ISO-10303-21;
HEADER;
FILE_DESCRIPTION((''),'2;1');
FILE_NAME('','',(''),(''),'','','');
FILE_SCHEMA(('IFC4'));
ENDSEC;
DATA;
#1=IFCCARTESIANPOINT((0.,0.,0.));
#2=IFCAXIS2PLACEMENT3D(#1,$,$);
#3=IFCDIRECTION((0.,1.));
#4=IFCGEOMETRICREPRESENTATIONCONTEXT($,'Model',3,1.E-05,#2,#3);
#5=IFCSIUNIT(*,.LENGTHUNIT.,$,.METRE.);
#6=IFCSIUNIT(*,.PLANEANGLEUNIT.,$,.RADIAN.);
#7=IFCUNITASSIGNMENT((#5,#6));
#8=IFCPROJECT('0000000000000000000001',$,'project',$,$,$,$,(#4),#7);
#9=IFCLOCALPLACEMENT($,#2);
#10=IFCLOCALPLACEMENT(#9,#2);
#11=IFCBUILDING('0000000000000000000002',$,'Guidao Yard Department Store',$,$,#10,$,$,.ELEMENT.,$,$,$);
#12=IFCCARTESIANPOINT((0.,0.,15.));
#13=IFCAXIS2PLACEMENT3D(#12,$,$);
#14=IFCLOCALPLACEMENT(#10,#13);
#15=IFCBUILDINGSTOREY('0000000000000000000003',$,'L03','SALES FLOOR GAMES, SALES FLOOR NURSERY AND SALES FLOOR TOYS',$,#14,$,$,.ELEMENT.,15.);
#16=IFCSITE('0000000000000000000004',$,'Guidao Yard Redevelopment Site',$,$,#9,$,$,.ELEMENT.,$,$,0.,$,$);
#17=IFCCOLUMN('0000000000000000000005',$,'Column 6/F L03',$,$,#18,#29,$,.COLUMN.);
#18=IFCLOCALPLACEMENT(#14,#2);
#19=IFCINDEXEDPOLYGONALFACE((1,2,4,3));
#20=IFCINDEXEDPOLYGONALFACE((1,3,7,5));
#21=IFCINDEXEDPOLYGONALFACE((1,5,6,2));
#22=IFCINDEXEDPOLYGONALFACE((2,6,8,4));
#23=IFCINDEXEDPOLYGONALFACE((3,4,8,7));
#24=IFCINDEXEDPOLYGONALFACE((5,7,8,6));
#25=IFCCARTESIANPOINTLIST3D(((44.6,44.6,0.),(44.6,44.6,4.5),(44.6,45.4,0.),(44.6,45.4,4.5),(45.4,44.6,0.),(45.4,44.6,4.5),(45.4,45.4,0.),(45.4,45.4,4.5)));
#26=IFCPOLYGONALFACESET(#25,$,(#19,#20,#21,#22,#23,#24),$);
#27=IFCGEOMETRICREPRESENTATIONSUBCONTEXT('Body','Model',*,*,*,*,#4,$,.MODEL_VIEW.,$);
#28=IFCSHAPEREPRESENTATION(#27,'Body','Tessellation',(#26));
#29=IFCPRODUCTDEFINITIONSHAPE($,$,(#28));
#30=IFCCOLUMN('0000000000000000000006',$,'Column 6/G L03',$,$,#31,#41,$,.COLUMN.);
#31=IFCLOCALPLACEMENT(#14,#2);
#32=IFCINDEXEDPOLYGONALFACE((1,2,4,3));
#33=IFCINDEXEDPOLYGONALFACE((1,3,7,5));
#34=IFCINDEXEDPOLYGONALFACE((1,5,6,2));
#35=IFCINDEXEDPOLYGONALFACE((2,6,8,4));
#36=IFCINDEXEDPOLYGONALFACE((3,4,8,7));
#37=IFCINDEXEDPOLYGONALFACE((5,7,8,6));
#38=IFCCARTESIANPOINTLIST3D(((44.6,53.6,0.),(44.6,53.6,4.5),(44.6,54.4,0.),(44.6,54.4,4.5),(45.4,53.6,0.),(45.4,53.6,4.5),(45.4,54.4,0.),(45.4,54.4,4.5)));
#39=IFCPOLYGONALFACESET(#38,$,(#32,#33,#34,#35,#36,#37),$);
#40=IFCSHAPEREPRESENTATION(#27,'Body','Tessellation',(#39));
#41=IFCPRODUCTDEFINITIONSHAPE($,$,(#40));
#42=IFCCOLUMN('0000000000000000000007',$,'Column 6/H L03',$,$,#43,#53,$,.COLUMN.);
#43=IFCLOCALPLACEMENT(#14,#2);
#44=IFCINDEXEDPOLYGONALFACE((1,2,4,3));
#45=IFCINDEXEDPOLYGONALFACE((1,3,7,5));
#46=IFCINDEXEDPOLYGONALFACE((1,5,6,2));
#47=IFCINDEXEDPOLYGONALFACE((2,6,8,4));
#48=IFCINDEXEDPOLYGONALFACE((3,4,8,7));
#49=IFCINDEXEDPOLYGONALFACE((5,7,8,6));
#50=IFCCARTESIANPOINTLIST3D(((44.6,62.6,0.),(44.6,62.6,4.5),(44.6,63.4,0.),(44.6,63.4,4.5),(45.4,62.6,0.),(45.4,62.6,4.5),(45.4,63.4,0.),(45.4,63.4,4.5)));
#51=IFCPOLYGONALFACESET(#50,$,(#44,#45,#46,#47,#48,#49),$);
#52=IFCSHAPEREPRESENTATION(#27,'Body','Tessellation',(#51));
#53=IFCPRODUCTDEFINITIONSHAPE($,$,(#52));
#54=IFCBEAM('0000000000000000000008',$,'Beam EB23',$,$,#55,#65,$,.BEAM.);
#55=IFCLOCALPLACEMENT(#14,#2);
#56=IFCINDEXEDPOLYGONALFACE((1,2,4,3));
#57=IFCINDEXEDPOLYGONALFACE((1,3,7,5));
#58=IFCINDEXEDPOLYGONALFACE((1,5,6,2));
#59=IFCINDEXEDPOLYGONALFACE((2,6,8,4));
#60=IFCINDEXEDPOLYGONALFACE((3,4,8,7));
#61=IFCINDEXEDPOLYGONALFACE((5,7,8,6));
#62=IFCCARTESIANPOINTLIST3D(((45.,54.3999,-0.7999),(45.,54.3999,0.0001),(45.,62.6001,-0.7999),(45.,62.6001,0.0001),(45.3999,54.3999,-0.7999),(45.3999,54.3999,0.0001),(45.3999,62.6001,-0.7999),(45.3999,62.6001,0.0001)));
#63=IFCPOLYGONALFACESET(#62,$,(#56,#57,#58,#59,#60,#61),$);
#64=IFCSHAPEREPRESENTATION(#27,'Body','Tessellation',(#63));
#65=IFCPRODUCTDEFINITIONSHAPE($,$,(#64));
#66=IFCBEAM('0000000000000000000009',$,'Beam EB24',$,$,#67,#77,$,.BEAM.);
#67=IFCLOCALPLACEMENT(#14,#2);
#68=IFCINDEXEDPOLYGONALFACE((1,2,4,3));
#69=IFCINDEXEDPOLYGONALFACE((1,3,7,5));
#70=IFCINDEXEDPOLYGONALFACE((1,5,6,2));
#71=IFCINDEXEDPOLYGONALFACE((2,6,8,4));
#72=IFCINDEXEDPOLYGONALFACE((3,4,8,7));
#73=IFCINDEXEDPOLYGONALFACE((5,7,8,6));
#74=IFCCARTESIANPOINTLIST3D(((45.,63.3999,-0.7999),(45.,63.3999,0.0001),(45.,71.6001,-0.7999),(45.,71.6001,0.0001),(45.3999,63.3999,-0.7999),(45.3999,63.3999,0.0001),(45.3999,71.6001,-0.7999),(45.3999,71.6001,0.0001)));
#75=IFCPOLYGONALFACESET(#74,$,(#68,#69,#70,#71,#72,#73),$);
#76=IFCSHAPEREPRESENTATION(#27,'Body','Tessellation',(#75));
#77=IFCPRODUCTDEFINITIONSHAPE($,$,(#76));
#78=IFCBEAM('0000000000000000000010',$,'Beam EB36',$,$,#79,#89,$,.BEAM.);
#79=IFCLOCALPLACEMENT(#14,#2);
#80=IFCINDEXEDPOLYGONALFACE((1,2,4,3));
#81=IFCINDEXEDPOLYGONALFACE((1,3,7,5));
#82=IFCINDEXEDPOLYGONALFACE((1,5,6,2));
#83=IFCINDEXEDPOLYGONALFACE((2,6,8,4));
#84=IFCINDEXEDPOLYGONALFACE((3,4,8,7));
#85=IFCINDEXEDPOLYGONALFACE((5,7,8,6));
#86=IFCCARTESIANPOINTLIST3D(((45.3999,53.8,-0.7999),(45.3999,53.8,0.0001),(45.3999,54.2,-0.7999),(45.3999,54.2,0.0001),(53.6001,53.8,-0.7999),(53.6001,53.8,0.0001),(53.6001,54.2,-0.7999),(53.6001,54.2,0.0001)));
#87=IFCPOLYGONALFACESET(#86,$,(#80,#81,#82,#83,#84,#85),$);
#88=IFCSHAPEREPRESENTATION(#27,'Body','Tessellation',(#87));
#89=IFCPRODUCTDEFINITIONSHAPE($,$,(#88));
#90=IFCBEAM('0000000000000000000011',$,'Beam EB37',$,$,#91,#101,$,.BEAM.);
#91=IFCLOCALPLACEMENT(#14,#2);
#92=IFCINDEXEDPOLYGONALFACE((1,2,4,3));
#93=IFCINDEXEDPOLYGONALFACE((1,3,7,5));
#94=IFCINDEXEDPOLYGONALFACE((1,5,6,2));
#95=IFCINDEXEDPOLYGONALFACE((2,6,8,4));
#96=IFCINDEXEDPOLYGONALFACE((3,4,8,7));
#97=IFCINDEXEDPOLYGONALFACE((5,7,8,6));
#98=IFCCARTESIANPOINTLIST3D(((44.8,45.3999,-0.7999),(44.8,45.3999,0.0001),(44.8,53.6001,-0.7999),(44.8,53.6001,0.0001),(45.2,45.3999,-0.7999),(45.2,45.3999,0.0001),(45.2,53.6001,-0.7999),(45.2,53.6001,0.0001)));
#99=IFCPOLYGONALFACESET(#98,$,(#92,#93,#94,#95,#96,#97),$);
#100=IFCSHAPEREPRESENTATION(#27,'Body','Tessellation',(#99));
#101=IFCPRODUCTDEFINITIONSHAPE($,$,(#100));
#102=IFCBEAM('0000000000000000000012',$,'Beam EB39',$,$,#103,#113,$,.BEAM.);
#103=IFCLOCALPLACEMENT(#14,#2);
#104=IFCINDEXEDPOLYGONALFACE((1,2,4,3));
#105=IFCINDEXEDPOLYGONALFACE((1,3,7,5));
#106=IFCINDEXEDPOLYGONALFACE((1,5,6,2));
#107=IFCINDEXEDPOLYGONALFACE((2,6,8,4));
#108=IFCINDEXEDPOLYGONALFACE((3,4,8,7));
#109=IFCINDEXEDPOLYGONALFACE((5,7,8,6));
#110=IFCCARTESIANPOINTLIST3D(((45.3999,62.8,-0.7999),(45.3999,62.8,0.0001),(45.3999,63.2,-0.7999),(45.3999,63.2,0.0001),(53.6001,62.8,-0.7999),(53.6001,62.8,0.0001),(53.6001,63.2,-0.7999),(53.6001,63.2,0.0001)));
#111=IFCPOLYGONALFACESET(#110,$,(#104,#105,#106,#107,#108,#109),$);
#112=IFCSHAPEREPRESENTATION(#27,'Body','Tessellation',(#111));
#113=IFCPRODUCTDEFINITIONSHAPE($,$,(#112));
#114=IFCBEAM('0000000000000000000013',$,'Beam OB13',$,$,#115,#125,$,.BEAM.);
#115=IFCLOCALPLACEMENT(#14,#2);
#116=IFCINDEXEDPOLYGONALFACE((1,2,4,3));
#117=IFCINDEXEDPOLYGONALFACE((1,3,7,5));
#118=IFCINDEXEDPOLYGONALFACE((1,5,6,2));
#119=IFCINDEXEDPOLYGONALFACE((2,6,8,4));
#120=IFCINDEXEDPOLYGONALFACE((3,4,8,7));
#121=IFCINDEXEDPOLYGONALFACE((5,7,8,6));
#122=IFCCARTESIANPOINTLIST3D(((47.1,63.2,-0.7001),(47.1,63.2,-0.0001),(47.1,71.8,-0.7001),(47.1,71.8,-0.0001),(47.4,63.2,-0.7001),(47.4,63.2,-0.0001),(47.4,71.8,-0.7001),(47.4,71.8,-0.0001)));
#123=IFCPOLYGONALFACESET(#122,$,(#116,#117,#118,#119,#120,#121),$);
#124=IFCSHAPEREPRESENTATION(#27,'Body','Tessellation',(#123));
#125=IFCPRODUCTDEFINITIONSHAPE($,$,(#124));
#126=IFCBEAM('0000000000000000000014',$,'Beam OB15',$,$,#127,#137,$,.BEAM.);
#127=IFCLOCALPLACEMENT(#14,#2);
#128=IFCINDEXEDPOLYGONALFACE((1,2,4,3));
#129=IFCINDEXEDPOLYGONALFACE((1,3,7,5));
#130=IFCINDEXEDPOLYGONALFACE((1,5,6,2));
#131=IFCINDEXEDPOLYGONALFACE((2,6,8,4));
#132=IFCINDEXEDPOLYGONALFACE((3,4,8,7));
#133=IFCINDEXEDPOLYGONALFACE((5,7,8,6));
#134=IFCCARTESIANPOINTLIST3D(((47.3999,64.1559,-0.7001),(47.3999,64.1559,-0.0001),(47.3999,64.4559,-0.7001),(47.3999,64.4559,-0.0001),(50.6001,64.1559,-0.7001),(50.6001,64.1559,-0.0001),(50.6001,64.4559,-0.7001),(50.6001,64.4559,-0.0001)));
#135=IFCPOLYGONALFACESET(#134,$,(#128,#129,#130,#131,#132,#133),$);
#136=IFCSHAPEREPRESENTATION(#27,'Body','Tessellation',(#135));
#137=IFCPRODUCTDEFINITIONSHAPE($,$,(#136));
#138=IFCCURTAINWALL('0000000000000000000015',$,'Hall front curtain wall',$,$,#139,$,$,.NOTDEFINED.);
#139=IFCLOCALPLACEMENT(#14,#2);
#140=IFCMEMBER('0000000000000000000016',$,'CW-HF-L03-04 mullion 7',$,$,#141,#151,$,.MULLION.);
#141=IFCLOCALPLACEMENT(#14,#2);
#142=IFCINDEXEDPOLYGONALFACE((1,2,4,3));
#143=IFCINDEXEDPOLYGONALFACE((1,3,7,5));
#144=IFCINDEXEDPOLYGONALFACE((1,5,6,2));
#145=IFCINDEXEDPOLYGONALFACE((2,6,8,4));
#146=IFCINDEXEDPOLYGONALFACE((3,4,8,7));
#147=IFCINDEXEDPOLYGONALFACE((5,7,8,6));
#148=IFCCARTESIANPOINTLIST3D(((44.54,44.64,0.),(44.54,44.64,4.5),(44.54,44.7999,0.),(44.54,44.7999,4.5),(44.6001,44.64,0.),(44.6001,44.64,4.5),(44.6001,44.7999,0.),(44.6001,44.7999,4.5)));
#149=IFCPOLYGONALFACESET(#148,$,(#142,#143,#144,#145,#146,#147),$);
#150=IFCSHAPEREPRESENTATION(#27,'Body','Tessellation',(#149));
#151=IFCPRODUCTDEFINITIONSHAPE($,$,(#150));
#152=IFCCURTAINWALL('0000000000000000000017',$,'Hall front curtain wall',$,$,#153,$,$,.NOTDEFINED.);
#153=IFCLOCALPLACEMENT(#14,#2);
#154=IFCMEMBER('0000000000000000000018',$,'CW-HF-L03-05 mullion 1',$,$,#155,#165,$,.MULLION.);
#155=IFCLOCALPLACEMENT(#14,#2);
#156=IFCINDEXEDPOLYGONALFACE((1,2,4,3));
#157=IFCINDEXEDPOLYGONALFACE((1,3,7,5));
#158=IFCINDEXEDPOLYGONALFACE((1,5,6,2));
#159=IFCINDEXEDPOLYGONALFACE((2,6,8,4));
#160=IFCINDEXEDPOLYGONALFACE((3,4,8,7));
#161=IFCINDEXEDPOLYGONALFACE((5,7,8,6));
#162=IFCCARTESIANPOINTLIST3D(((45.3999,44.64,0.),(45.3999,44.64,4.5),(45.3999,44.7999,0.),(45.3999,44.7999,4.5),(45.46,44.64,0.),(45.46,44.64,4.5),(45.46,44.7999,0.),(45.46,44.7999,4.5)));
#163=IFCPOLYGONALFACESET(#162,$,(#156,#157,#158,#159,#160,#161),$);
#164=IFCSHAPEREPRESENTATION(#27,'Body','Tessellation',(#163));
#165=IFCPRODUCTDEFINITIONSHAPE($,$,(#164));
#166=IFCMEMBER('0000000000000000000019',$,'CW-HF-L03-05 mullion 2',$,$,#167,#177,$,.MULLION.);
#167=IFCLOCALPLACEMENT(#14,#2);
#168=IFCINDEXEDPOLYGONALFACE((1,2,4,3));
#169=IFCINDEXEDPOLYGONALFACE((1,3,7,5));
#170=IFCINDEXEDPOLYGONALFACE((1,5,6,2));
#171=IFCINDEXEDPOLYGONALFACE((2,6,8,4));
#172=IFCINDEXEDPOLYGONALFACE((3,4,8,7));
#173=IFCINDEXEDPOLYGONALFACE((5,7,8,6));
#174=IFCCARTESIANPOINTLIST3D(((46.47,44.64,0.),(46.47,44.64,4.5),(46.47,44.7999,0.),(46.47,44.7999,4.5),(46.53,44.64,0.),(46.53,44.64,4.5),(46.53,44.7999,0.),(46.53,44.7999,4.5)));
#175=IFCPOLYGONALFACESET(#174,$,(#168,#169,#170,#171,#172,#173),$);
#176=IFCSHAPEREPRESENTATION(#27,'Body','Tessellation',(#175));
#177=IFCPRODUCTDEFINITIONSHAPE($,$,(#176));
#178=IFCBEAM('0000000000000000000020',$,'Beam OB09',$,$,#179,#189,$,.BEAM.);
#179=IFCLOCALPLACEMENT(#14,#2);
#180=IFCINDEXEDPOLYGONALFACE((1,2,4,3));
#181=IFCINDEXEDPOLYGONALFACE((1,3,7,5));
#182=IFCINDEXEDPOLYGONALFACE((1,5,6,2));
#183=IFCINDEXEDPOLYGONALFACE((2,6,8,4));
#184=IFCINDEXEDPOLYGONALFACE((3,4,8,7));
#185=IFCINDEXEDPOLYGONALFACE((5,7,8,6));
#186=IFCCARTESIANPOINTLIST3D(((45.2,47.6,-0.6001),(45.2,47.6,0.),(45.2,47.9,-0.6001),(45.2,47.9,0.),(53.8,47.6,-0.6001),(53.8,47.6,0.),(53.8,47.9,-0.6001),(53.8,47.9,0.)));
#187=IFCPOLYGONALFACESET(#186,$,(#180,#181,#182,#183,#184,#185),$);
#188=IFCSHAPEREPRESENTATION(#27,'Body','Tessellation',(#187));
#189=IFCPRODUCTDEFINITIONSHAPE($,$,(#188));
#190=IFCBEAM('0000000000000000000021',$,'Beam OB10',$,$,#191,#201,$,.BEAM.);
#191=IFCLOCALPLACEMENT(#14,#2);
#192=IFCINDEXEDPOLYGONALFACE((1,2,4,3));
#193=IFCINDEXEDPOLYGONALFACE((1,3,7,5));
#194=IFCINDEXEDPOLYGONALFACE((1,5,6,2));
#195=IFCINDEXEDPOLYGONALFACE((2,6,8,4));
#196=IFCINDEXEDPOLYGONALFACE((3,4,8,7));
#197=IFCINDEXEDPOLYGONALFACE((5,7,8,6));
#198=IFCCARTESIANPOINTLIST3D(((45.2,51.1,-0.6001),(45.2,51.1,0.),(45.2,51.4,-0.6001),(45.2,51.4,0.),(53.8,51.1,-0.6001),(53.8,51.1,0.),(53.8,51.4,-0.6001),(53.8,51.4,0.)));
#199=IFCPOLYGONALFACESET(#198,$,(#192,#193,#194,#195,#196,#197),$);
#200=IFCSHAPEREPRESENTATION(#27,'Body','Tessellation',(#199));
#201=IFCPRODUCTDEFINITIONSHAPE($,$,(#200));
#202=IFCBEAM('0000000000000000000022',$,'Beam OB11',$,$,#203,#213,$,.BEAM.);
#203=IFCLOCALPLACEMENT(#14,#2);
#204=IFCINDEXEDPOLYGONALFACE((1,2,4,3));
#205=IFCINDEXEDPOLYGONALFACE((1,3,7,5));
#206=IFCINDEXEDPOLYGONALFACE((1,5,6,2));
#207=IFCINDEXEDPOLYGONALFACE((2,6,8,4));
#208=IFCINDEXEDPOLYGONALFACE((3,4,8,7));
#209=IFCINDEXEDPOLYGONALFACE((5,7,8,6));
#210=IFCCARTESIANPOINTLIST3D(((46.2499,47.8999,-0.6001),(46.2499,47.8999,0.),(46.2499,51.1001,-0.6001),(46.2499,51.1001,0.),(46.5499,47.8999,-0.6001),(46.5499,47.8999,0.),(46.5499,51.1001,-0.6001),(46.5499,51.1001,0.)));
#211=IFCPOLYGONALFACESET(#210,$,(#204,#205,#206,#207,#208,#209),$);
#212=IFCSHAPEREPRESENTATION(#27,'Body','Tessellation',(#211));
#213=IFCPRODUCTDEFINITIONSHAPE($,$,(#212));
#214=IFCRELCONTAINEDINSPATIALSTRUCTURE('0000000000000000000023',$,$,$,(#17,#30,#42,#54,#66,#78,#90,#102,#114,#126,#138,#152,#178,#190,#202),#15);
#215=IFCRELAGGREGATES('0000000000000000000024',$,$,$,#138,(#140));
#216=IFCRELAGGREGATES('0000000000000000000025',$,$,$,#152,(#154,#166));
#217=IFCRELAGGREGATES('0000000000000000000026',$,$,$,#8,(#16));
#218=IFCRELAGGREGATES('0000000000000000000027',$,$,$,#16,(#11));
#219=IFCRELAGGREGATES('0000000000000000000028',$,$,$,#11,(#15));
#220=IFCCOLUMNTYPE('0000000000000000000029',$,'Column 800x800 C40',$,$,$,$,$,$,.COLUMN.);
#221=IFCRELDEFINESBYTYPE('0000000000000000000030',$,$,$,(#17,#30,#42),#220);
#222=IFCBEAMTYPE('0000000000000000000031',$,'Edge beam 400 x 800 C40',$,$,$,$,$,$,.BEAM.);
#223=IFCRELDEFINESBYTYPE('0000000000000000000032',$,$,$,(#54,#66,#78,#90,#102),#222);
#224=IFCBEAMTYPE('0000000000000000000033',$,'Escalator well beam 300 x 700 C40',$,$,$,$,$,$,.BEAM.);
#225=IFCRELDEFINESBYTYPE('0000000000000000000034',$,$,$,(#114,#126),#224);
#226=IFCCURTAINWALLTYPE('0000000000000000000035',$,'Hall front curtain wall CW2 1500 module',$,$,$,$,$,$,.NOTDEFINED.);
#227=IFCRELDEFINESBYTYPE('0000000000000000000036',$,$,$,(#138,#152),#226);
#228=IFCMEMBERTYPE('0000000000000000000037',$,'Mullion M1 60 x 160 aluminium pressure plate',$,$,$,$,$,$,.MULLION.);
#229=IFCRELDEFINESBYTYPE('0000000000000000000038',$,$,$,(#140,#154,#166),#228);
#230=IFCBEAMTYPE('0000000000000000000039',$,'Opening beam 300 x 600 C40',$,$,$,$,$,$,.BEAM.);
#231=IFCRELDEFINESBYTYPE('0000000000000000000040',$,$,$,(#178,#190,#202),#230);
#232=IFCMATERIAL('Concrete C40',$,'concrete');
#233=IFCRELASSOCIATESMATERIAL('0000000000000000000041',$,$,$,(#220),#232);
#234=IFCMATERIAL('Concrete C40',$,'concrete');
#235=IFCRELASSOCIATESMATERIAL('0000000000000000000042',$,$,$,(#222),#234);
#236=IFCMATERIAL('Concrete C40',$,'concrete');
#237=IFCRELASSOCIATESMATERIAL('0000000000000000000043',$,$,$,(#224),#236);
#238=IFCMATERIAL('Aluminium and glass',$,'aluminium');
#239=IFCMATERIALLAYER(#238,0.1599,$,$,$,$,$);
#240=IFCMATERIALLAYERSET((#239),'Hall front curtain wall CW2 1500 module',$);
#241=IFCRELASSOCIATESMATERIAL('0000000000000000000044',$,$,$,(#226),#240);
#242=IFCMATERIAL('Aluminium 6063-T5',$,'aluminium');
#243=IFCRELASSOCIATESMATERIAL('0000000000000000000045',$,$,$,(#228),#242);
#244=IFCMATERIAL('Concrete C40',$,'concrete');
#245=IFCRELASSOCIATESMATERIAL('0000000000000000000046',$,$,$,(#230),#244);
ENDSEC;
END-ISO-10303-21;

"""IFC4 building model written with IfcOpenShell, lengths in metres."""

from ifc_helpers import new_model, si_unit, direction, frame, origin, origin_2d, place, context, subcontext, project, spatial, rectangle, extrude, material, layer, layer_set, material_profile, profile_set, type_object, element, aggregate, save


model = new_model("IFC4")

# Units and contexts
model_context = context("Model", 3, precision=1e-05, world=origin(), true_north=direction((0.0, 1.0)))
body_context = subcontext(model_context, "Body", "Model", "MODEL_VIEW")
ifc_project = project(units=[si_unit("LENGTHUNIT", "METRE"), si_unit("PLANEANGLEUNIT", "RADIAN")], contexts=[model_context])

# Site, building, storey
site_placement = place(None, origin())
site = spatial("IfcSite", under=ifc_project, at=site_placement, Name="Guidao Yard Redevelopment Site", CompositionType="ELEMENT", RefElevation=0.0)
building_placement = place(site_placement, origin())
building = spatial("IfcBuilding", under=site, at=building_placement, Name="Guidao Yard Department Store", CompositionType="ELEMENT")
storey_placement = place(building_placement, frame((0.0, 0.0, 15.0)))
storey = spatial("IfcBuildingStorey", under=building, at=storey_placement, Name="L03", Description="SALES FLOOR GAMES, SALES FLOOR NURSERY AND SALES FLOOR TOYS", CompositionType="ELEMENT", Elevation=15.0)

# Columns
ifc_material_1 = material(Name="Concrete C40", Category="concrete")
ifc_material_profile_1 = material_profile(ifc_material_1, rectangle(XDim=0.8, YDim=0.8, at=origin_2d()), Name="COL 800x800")
ifc_profile_set_1 = profile_set([ifc_material_profile_1], Name="Concrete C40")
column_type = type_object("IfcColumnType", Name="Column 800x800 C40", PredefinedType="COLUMN", material=ifc_profile_set_1)
for number, where, z_axis, x_axis, name in (
    (1, (45.0, 45.0, 0.0), (0.0, 0.0, 1.0), (1.0, 0.0, 0.0), "Column 6/F L03"),
    (2, (45.0, 54.0, 0.0), (0.0, 0.0, 1.0), (1.0, 0.0, 0.0), "Column 6/G L03"),
    (3, (45.0, 63.0, 0.0), (0.0, 0.0, 1.0), (1.0, 0.0, 0.0), "Column 6/H L03"),
):
    element("IfcColumn", number, at=place(storey_placement, frame(where, z_axis=z_axis, x_axis=x_axis)), inside=storey, type_object=column_type, Name=name, PredefinedType="COLUMN", context=body_context, shape_type="SweptSolid", body=[
        extrude(rectangle(XDim=0.8, YDim=0.8, at=origin_2d()), origin(), (0.0, 0.0, 1.0), 4.5),
    ])

# Beams
ifc_material_2 = material(Name="Concrete C40", Category="concrete")
ifc_material_profile_2 = material_profile(ifc_material_2, rectangle(XDim=0.3999, YDim=0.8, at=origin_2d()), Name="Edge beam 400 x 800 C40")
ifc_profile_set_2 = profile_set([ifc_material_profile_2], Name="Concrete C40")
beam_type_1 = type_object("IfcBeamType", Name="Edge beam 400 x 800 C40", PredefinedType="BEAM", material=ifc_profile_set_2)
for number, where, z_axis, x_axis, name in (
    (4, (45.2, 54.3999, -0.3999), (0.0, 1.0, 0.0), (-1.0, 0.0, 0.0), "Beam EB23"),
    (5, (45.2, 63.3999, -0.3999), (0.0, 1.0, 0.0), (-1.0, 0.0, 0.0), "Beam EB24"),
    (6, (45.3999, 54.0, -0.3999), (1.0, 0.0, 0.0), (0.0, 1.0, 0.0), "Beam EB36"),
    (7, (45.0, 45.3999, -0.3999), (0.0, 1.0, 0.0), (-1.0, 0.0, 0.0), "Beam EB37"),
    (8, (45.3999, 63.0, -0.3999), (1.0, 0.0, 0.0), (0.0, 1.0, 0.0), "Beam EB39"),
):
    element("IfcBeam", number, at=place(storey_placement, frame(where, z_axis=z_axis, x_axis=x_axis)), inside=storey, type_object=beam_type_1, Name=name, PredefinedType="BEAM", context=body_context, shape_type="SweptSolid", body=[
        extrude(rectangle(XDim=0.3999, YDim=0.8, at=origin_2d()), origin(), (0.0, 0.0, 1.0), 8.2002),
    ])
ifc_material_3 = material(Name="Concrete C40", Category="concrete")
ifc_material_profile_3 = material_profile(ifc_material_3, rectangle(XDim=0.3, YDim=0.7, at=origin_2d()), Name="Escalator well beam 300 x 700 C40")
ifc_profile_set_3 = profile_set([ifc_material_profile_3], Name="Concrete C40")
beam_type_2 = type_object("IfcBeamType", Name="Escalator well beam 300 x 700 C40", PredefinedType="BEAM", material=ifc_profile_set_3)
beam_1_placement = place(storey_placement, frame((47.25, 63.2, -0.3501), z_axis=(0.0, 1.0, 0.0), x_axis=(-1.0, 0.0, 0.0)))
element("IfcBeam", 9, at=beam_1_placement, inside=storey, type_object=beam_type_2, Name="Beam OB13", PredefinedType="BEAM", context=body_context, shape_type="SweptSolid", body=[
    extrude(rectangle(XDim=0.3, YDim=0.7, at=origin_2d()), origin(), (0.0, 0.0, 1.0), 8.6001),
])
beam_2_placement = place(storey_placement, frame((47.3999, 64.3059, -0.3501), z_axis=(1.0, 0.0, 0.0), x_axis=(0.0, 1.0, 0.0)))
element("IfcBeam", 10, at=beam_2_placement, inside=storey, type_object=beam_type_2, Name="Beam OB15", PredefinedType="BEAM", context=body_context, shape_type="SweptSolid", body=[
    extrude(rectangle(XDim=0.3, YDim=0.7, at=origin_2d()), origin(), (0.0, 0.0, 1.0), 3.2002),
])

# Curtain wall, member
ifc_material_4 = material(Name="Aluminium and glass", Category="aluminium")
ifc_layer_1 = layer(ifc_material_4, 0.1599)
ifc_layer_set_1 = layer_set([ifc_layer_1], Name="Hall front curtain wall CW2 1500 module")
curtain_wall_type = type_object("IfcCurtainWallType", Name="Hall front curtain wall CW2 1500 module", PredefinedType="NOTDEFINED", material=ifc_layer_set_1)
curtain_wall_1_placement = place(storey_placement, origin())
curtain_wall_1 = element("IfcCurtainWall", 11, at=curtain_wall_1_placement, inside=storey, type_object=curtain_wall_type, Name="Hall front curtain wall", PredefinedType="NOTDEFINED")
ifc_material_5 = material(Name="Aluminium 6063-T5", Category="aluminium")
ifc_material_profile_4 = material_profile(ifc_material_5, rectangle(XDim=0.0601, YDim=0.1599, at=origin_2d()), Name="Mullion M1 60 x 160 aluminium pressure plate")
ifc_profile_set_4 = profile_set([ifc_material_profile_4], Name="Aluminium 6063-T5")
member_type_1 = type_object("IfcMemberType", Name="Mullion M1 60 x 160 aluminium pressure plate", PredefinedType="MULLION", material=ifc_profile_set_4)
member_1_placement = place(storey_placement, frame((44.5701, 44.72, 0.0), z_axis=(0.0, 0.0, 1.0), x_axis=(-1.0, 0.0, 0.0)))
member_1 = element("IfcMember", 12, at=member_1_placement, type_object=member_type_1, Name="CW-HF-L03-04 mullion 7", PredefinedType="MULLION", context=body_context, shape_type="SweptSolid", body=[
    extrude(rectangle(XDim=0.0601, YDim=0.1599, at=origin_2d()), origin(), (0.0, 0.0, 1.0), 4.5),
])

# Curtain wall, members
curtain_wall_2_placement = place(storey_placement, origin())
curtain_wall_2 = element("IfcCurtainWall", 13, at=curtain_wall_2_placement, inside=storey, type_object=curtain_wall_type, Name="Hall front curtain wall", PredefinedType="NOTDEFINED")
member_2_placement = place(storey_placement, frame((45.4299, 44.72, 0.0), z_axis=(0.0, 0.0, 1.0), x_axis=(-1.0, 0.0, 0.0)))
member_2 = element("IfcMember", 14, at=member_2_placement, type_object=member_type_1, Name="CW-HF-L03-05 mullion 1", PredefinedType="MULLION", context=body_context, shape_type="SweptSolid", body=[
    extrude(rectangle(XDim=0.0601, YDim=0.1599, at=origin_2d()), origin(), (0.0, 0.0, 1.0), 4.5),
])
member_3_placement = place(storey_placement, frame((46.5, 44.72, 0.0), z_axis=(0.0, 0.0, 1.0), x_axis=(-1.0, 0.0, 0.0)))
member_3 = element("IfcMember", 15, at=member_3_placement, type_object=member_type_1, Name="CW-HF-L03-05 mullion 2", PredefinedType="MULLION", context=body_context, shape_type="SweptSolid", body=[
    extrude(rectangle(XDim=0.0601, YDim=0.1599, at=origin_2d()), origin(), (0.0, 0.0, 1.0), 4.5),
])

# Beams
ifc_material_6 = material(Name="Concrete C40", Category="concrete")
ifc_material_profile_5 = material_profile(ifc_material_6, rectangle(XDim=0.3, YDim=0.6001, at=origin_2d()), Name="Opening beam 300 x 600 C40")
ifc_profile_set_5 = profile_set([ifc_material_profile_5], Name="Concrete C40")
beam_type_3 = type_object("IfcBeamType", Name="Opening beam 300 x 600 C40", PredefinedType="BEAM", material=ifc_profile_set_5)
for number, where, z_axis, x_axis, name in (
    (16, (45.2, 47.75, -0.3), (1.0, 0.0, 0.0), (0.0, 1.0, 0.0), "Beam OB09"),
    (17, (45.2, 51.25, -0.3), (1.0, 0.0, 0.0), (0.0, 1.0, 0.0), "Beam OB10"),
):
    element("IfcBeam", number, at=place(storey_placement, frame(where, z_axis=z_axis, x_axis=x_axis)), inside=storey, type_object=beam_type_3, Name=name, PredefinedType="BEAM", context=body_context, shape_type="SweptSolid", body=[
        extrude(rectangle(XDim=0.3, YDim=0.6001, at=origin_2d()), origin(), (0.0, 0.0, 1.0), 8.6001),
    ])
beam_3_placement = place(storey_placement, frame((46.3999, 47.8999, -0.3), z_axis=(0.0, 1.0, 0.0), x_axis=(-1.0, 0.0, 0.0)))
element("IfcBeam", 18, at=beam_3_placement, inside=storey, type_object=beam_type_3, Name="Beam OB11", PredefinedType="BEAM", context=body_context, shape_type="SweptSolid", body=[
    extrude(rectangle(XDim=0.3, YDim=0.6001, at=origin_2d()), origin(), (0.0, 0.0, 1.0), 3.2002),
])

aggregate(curtain_wall_1, [member_1])

aggregate(curtain_wall_2, [member_2, member_3])

save(model, "model.ifc")
